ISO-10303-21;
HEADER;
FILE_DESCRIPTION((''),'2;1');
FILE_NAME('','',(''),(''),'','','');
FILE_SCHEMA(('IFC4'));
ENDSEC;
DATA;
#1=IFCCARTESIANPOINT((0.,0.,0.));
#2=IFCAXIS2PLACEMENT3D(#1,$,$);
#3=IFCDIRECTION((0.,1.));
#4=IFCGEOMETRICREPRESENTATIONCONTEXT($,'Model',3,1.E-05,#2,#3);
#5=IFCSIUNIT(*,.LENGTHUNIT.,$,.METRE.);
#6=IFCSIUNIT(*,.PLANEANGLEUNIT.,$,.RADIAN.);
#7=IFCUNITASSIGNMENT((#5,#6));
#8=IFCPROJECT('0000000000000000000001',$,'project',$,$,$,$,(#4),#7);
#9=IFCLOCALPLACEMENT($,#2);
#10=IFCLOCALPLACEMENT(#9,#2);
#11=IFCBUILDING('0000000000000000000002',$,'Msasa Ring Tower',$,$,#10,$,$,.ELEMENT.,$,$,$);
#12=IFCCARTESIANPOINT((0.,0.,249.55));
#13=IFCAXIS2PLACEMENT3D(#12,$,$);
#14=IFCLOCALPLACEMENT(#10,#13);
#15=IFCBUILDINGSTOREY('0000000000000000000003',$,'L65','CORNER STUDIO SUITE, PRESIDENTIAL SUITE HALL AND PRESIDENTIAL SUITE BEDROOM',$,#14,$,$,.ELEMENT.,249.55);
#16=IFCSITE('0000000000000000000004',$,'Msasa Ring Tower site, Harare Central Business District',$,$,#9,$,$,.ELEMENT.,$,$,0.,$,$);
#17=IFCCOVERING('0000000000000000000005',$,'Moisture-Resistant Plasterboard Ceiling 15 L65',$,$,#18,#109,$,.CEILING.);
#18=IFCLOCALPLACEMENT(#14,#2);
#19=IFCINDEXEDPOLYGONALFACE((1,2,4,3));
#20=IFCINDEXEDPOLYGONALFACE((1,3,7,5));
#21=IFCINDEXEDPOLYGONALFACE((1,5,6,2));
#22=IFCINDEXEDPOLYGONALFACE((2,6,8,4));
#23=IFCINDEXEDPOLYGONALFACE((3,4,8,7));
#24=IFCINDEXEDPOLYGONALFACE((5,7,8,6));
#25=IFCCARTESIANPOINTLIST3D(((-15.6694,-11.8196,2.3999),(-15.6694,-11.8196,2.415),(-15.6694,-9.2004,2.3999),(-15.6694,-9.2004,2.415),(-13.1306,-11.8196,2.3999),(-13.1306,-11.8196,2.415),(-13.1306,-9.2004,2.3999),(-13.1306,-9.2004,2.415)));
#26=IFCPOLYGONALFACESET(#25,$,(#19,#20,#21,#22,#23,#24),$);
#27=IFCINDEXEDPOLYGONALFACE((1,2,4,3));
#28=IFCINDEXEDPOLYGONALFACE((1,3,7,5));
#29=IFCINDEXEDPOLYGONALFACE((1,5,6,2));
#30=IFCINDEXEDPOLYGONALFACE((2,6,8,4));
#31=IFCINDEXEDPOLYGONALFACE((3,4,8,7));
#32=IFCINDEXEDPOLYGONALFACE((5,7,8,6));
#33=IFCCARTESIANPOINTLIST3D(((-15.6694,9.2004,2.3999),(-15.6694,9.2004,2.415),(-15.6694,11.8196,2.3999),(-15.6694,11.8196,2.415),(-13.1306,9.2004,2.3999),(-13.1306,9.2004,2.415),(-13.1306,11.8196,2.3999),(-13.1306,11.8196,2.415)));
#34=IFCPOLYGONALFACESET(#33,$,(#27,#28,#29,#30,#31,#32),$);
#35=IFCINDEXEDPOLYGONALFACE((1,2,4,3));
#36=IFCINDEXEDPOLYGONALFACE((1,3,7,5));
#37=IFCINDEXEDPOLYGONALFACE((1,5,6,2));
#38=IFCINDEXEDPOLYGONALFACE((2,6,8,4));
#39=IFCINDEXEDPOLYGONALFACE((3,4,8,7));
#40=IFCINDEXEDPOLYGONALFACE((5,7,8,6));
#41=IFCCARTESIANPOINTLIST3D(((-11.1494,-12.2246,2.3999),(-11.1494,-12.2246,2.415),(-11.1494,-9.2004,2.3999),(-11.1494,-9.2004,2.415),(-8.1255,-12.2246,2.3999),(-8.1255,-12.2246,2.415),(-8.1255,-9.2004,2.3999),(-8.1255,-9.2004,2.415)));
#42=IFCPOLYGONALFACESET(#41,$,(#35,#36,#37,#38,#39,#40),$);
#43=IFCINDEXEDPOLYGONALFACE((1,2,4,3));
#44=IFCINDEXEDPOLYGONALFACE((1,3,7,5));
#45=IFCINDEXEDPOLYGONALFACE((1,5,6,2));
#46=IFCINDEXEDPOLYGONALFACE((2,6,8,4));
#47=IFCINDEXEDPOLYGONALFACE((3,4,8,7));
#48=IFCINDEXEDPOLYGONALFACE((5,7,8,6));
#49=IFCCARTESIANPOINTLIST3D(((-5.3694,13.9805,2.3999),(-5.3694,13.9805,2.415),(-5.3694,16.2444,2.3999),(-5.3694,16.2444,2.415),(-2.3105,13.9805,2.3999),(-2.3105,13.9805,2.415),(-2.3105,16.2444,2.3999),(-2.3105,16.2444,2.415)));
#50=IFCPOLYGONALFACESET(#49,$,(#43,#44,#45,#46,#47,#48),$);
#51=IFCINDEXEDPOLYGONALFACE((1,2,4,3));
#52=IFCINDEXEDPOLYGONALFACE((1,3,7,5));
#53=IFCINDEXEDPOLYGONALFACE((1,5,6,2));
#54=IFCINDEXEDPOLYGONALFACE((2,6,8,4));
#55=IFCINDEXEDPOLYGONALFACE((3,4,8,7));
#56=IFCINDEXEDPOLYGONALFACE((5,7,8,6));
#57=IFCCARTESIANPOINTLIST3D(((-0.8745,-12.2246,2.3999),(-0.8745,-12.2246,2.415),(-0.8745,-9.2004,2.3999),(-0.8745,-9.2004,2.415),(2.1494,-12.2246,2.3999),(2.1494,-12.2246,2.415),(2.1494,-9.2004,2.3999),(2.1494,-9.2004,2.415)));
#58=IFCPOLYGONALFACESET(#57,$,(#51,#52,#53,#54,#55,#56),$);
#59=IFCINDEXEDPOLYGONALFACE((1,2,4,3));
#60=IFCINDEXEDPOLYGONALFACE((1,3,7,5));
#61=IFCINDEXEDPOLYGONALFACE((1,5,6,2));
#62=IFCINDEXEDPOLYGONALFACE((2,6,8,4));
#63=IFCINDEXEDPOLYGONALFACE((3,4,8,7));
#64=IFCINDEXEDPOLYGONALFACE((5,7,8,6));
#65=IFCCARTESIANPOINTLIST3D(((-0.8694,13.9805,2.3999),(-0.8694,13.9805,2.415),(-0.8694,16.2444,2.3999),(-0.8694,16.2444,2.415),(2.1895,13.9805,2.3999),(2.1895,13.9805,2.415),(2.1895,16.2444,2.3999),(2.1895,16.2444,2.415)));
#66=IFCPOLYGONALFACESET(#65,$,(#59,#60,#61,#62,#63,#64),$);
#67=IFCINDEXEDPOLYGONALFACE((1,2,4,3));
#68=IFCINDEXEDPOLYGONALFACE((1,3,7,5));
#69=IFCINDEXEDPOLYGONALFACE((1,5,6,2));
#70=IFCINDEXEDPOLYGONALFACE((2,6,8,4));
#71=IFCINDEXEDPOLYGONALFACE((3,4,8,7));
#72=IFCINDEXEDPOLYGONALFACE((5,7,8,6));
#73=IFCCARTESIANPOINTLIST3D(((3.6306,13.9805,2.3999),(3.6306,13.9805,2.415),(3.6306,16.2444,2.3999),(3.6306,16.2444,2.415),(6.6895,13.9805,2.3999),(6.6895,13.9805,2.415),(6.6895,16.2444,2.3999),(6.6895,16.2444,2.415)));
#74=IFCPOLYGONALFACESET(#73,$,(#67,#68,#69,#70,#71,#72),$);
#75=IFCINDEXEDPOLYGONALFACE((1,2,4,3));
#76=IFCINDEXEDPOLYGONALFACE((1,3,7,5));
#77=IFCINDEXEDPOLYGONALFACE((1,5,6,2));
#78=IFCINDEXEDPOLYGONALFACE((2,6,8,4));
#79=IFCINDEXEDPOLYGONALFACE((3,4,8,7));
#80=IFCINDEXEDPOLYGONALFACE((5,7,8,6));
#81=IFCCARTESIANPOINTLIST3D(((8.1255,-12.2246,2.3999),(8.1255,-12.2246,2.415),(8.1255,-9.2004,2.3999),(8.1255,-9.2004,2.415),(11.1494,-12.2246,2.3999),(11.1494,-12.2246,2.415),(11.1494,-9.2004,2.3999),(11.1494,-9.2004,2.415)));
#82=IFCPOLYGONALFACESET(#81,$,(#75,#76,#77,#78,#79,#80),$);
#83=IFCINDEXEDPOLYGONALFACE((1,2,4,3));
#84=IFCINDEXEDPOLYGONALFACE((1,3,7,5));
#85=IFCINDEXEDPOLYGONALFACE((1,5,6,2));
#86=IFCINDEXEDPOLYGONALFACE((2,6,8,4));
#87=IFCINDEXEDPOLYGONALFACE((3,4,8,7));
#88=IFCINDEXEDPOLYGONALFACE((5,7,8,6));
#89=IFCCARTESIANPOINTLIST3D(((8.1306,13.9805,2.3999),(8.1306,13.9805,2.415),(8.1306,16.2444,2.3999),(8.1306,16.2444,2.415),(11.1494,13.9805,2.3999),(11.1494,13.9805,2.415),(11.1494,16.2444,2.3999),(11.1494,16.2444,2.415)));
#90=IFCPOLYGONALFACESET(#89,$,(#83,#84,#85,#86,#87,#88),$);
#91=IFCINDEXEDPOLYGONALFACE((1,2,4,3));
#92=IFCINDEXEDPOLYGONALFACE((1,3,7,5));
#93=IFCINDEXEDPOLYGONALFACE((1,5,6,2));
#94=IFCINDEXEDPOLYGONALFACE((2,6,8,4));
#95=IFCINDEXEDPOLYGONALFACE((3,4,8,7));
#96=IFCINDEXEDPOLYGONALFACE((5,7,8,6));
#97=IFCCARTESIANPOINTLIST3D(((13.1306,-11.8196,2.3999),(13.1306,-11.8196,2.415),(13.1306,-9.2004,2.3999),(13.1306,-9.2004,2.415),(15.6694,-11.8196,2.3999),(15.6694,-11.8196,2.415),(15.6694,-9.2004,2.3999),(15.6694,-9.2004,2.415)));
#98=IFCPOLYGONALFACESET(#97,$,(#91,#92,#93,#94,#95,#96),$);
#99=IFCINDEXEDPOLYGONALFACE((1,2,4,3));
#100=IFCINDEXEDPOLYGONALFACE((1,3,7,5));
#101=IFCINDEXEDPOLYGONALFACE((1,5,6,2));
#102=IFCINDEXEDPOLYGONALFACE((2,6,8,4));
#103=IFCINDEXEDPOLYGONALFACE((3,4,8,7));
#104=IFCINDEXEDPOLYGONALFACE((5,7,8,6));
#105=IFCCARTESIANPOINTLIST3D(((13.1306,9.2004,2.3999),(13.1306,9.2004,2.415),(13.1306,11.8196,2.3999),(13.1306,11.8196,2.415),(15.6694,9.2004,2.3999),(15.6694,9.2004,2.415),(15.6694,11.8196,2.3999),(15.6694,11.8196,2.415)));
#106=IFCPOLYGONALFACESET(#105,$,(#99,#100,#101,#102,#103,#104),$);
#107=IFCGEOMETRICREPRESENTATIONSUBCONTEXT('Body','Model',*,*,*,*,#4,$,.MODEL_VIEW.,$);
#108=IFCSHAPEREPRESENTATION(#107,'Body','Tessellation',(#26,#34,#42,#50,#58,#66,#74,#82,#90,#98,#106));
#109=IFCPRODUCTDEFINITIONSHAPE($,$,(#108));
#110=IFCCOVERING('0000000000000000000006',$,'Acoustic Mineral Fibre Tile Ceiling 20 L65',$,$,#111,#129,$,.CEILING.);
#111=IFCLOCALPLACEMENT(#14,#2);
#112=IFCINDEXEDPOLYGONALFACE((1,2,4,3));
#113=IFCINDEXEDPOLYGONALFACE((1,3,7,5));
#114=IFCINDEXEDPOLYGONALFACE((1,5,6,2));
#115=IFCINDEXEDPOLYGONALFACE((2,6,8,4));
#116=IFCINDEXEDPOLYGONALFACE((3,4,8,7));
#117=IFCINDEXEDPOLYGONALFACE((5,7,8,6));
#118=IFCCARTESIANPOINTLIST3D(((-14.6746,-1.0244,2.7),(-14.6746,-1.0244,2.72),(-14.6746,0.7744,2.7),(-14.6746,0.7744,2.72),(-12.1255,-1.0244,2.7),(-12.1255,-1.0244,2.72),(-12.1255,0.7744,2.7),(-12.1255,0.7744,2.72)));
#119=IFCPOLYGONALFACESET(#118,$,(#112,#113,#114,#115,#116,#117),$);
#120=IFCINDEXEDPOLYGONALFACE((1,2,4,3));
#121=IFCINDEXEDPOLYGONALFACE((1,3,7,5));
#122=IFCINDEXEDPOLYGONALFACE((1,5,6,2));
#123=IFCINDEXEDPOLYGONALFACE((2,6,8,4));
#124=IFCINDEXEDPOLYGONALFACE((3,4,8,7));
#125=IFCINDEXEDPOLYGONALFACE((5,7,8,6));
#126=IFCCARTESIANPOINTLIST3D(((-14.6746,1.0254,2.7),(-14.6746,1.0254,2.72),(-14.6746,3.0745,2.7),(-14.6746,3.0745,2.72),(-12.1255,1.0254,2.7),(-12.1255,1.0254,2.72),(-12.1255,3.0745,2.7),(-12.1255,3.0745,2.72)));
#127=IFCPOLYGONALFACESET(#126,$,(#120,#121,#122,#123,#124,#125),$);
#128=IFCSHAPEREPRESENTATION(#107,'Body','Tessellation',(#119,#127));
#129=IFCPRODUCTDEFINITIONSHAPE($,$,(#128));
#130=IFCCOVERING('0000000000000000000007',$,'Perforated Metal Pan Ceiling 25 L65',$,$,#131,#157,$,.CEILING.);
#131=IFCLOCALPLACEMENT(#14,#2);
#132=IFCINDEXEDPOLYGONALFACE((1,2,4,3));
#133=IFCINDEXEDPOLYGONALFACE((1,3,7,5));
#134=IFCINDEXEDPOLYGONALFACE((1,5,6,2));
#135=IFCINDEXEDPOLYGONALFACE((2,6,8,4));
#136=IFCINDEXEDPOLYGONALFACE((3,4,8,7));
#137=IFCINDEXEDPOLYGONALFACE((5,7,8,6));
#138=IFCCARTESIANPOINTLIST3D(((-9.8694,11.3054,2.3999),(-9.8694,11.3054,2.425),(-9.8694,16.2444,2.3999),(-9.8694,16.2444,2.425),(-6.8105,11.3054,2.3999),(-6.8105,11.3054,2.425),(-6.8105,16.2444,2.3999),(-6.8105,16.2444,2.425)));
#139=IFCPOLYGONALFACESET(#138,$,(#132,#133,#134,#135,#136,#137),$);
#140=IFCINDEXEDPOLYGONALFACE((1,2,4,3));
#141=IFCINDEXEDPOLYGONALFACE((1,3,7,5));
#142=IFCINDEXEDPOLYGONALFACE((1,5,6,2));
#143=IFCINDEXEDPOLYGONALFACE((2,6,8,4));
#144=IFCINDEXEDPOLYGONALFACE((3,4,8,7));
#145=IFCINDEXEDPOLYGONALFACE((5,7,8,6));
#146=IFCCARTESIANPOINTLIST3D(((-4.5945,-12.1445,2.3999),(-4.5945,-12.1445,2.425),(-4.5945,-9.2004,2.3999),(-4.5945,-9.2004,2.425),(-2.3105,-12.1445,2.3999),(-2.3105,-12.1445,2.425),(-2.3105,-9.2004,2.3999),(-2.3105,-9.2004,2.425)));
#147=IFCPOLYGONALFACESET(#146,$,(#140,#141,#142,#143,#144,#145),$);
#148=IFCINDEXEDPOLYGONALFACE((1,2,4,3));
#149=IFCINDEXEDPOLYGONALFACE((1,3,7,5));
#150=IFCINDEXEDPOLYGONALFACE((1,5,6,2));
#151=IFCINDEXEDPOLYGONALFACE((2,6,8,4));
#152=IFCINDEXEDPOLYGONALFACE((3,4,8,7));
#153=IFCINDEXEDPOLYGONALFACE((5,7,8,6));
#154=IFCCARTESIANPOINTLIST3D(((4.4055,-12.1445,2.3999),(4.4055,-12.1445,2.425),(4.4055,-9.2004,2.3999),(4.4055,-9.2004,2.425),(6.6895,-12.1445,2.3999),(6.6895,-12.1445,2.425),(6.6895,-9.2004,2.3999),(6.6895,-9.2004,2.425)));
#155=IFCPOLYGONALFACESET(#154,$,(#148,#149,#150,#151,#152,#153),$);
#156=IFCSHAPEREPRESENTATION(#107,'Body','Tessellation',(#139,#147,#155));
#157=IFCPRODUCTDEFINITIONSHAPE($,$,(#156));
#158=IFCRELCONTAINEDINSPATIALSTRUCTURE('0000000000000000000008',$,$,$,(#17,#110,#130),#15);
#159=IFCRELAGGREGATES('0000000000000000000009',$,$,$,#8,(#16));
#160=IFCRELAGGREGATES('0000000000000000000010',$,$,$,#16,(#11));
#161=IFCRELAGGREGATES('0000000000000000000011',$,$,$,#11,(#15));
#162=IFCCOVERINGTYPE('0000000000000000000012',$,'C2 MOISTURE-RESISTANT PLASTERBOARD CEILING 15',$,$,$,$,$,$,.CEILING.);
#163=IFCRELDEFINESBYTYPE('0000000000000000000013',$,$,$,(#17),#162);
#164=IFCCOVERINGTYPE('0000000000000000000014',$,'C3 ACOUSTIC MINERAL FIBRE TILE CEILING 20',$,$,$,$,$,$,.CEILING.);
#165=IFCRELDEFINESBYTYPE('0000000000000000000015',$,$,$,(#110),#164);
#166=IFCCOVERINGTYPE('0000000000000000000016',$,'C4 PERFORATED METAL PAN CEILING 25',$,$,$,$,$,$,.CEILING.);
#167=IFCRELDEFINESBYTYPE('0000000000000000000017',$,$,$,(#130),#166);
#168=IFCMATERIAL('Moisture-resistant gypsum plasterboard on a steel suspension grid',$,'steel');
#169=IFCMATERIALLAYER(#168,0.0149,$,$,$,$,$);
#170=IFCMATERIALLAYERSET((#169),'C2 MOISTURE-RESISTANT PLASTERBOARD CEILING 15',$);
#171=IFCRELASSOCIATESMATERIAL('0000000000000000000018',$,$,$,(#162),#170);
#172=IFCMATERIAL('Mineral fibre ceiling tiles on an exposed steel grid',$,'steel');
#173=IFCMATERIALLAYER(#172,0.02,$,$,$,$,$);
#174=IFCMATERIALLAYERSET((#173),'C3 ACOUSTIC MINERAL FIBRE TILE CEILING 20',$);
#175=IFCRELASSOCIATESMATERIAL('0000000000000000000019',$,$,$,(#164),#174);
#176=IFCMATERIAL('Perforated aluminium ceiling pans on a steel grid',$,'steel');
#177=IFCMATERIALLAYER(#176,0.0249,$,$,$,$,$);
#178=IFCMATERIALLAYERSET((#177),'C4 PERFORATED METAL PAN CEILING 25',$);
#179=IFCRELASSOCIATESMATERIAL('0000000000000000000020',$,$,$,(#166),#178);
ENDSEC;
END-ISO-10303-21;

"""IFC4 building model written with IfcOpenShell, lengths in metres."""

from ifc_helpers import new_model, si_unit, direction, frame, origin, place, context, subcontext, project, spatial, line, indexed_curve, outline, extrude, material, layer, layer_set, type_object, element, save


model = new_model("IFC4")

# Units and contexts
model_context = context("Model", 3, precision=1e-05, world=origin(), true_north=direction((0.0, 1.0)))
body_context = subcontext(model_context, "Body", "Model", "MODEL_VIEW")
ifc_project = project(units=[si_unit("LENGTHUNIT", "METRE"), si_unit("PLANEANGLEUNIT", "RADIAN")], contexts=[model_context])

# Site, building, storey
site_placement = place(None, origin())
site = spatial("IfcSite", under=ifc_project, at=site_placement, Name="Msasa Ring Tower site, Harare Central Business District", CompositionType="ELEMENT", RefElevation=0.0)
building_placement = place(site_placement, origin())
building = spatial("IfcBuilding", under=site, at=building_placement, Name="Msasa Ring Tower", CompositionType="ELEMENT")
storey_placement = place(building_placement, frame((0.0, 0.0, 249.55)))
storey = spatial("IfcBuildingStorey", under=building, at=storey_placement, Name="L65", Description="CORNER STUDIO SUITE, PRESIDENTIAL SUITE HALL AND PRESIDENTIAL SUITE BEDROOM", CompositionType="ELEMENT", Elevation=249.55)

# Coverings
ifc_material_1 = material(Name="Moisture-resistant gypsum plasterboard on a steel suspension grid", Category="steel")
ifc_layer_1 = layer(ifc_material_1, 0.0149)
ifc_layer_set_1 = layer_set([ifc_layer_1], Name="C2 MOISTURE-RESISTANT PLASTERBOARD CEILING 15")
covering_type_1 = type_object("IfcCoveringType", Name="C2 MOISTURE-RESISTANT PLASTERBOARD CEILING 15", PredefinedType="CEILING", material=ifc_layer_set_1)
covering_1_placement = place(storey_placement, frame((0.0, 0.0, 2.3999)))
element("IfcCovering", 1, at=covering_1_placement, inside=storey, type_object=covering_type_1, Name="Moisture-Resistant Plasterboard Ceiling 15 L65", PredefinedType="CEILING", context=body_context, shape_type="SweptSolid", body=[
    extrude(outline(indexed_curve([(-15.6694, -11.8196), (-15.6694, -9.2004), (-13.1306, -9.2004), (-13.1306, -11.8196)], segments=[line(1, 2, 3, 4, 1)], self_intersect=False)), origin(), (0.0, 0.0, 1.0), 0.0151),
    extrude(outline(indexed_curve([(-15.6694, 11.8196), (-13.1306, 11.8196), (-13.1306, 9.2004), (-15.6694, 9.2004)], segments=[line(1, 2, 3, 4, 1)], self_intersect=False)), origin(), (0.0, 0.0, 1.0), 0.0151),
    extrude(outline(indexed_curve([(-11.1494, -9.2004), (-8.1255, -9.2004), (-8.1255, -12.2246), (-11.1494, -12.2246)], segments=[line(1, 2, 3, 4, 1)], self_intersect=False)), origin(), (0.0, 0.0, 1.0), 0.0151),
    extrude(outline(indexed_curve([(-5.3694, 16.2444), (-2.3105, 16.2444), (-2.3105, 13.9805), (-5.3694, 13.9805)], segments=[line(1, 2, 3, 4, 1)], self_intersect=False)), origin(), (0.0, 0.0, 1.0), 0.0151),
    extrude(outline(indexed_curve([(2.1494, -9.2004), (2.1494, -12.2246), (-0.8745, -12.2246), (-0.8745, -9.2004)], segments=[line(1, 2, 3, 4, 1)], self_intersect=False)), origin(), (0.0, 0.0, 1.0), 0.0151),
    extrude(outline(indexed_curve([(-0.8694, 13.9805), (-0.8694, 16.2444), (2.1895, 16.2444), (2.1895, 13.9805)], segments=[line(1, 2, 3, 4, 1)], self_intersect=False)), origin(), (0.0, 0.0, 1.0), 0.0151),
    extrude(outline(indexed_curve([(3.6306, 16.2444), (6.6895, 16.2444), (6.6895, 13.9805), (3.6306, 13.9805)], segments=[line(1, 2, 3, 4, 1)], self_intersect=False)), origin(), (0.0, 0.0, 1.0), 0.0151),
    extrude(outline(indexed_curve([(11.1494, -9.2004), (11.1494, -12.2246), (8.1255, -12.2246), (8.1255, -9.2004)], segments=[line(1, 2, 3, 4, 1)], self_intersect=False)), origin(), (0.0, 0.0, 1.0), 0.0151),
    extrude(outline(indexed_curve([(8.1306, 16.2444), (11.1494, 16.2444), (11.1494, 13.9805), (8.1306, 13.9805)], segments=[line(1, 2, 3, 4, 1)], self_intersect=False)), origin(), (0.0, 0.0, 1.0), 0.0151),
    extrude(outline(indexed_curve([(13.1306, -9.2004), (15.6694, -9.2004), (15.6694, -11.8196), (13.1306, -11.8196)], segments=[line(1, 2, 3, 4, 1)], self_intersect=False)), origin(), (0.0, 0.0, 1.0), 0.0151),
    extrude(outline(indexed_curve([(13.1306, 9.2004), (13.1306, 11.8196), (15.6694, 11.8196), (15.6694, 9.2004)], segments=[line(1, 2, 3, 4, 1)], self_intersect=False)), origin(), (0.0, 0.0, 1.0), 0.0151),
])
ifc_material_2 = material(Name="Mineral fibre ceiling tiles on an exposed steel grid", Category="steel")
ifc_layer_2 = layer(ifc_material_2, 0.02)
ifc_layer_set_2 = layer_set([ifc_layer_2], Name="C3 ACOUSTIC MINERAL FIBRE TILE CEILING 20")
covering_type_2 = type_object("IfcCoveringType", Name="C3 ACOUSTIC MINERAL FIBRE TILE CEILING 20", PredefinedType="CEILING", material=ifc_layer_set_2)
covering_2_placement = place(storey_placement, frame((0.0, 0.0, 2.7)))
element("IfcCovering", 2, at=covering_2_placement, inside=storey, type_object=covering_type_2, Name="Acoustic Mineral Fibre Tile Ceiling 20 L65", PredefinedType="CEILING", context=body_context, shape_type="SweptSolid", body=[
    extrude(outline(indexed_curve([(-12.1255, -1.0244), (-14.6746, -1.0244), (-14.6746, 0.7744), (-12.1255, 0.7744)], segments=[line(1, 2, 3, 4, 1)], self_intersect=False)), origin(), (0.0, 0.0, 1.0), 0.02),
    extrude(outline(indexed_curve([(-12.1255, 3.0745), (-12.1255, 1.0254), (-14.6746, 1.0254), (-14.6746, 3.0745)], segments=[line(1, 2, 3, 4, 1)], self_intersect=False)), origin(), (0.0, 0.0, 1.0), 0.02),
])
ifc_material_3 = material(Name="Perforated aluminium ceiling pans on a steel grid", Category="steel")
ifc_layer_3 = layer(ifc_material_3, 0.0249)
ifc_layer_set_3 = layer_set([ifc_layer_3], Name="C4 PERFORATED METAL PAN CEILING 25")
covering_type_3 = type_object("IfcCoveringType", Name="C4 PERFORATED METAL PAN CEILING 25", PredefinedType="CEILING", material=ifc_layer_set_3)
covering_3_placement = place(storey_placement, frame((0.0, 0.0, 2.3999)))
element("IfcCovering", 3, at=covering_3_placement, inside=storey, type_object=covering_type_3, Name="Perforated Metal Pan Ceiling 25 L65", PredefinedType="CEILING", context=body_context, shape_type="SweptSolid", body=[
    extrude(outline(indexed_curve([(-6.8105, 11.3054), (-9.8694, 11.3054), (-9.8694, 16.2444), (-6.8105, 16.2444)], segments=[line(1, 2, 3, 4, 1)], self_intersect=False)), origin(), (0.0, 0.0, 1.0), 0.0251),
    extrude(outline(indexed_curve([(-2.3105, -9.2004), (-2.3105, -12.1445), (-4.5945, -12.1445), (-4.5945, -9.2004)], segments=[line(1, 2, 3, 4, 1)], self_intersect=False)), origin(), (0.0, 0.0, 1.0), 0.0251),
    extrude(outline(indexed_curve([(6.6895, -12.1445), (4.4055, -12.1445), (4.4055, -9.2004), (6.6895, -9.2004)], segments=[line(1, 2, 3, 4, 1)], self_intersect=False)), origin(), (0.0, 0.0, 1.0), 0.0251),
])

save(model, "model.ifc")
